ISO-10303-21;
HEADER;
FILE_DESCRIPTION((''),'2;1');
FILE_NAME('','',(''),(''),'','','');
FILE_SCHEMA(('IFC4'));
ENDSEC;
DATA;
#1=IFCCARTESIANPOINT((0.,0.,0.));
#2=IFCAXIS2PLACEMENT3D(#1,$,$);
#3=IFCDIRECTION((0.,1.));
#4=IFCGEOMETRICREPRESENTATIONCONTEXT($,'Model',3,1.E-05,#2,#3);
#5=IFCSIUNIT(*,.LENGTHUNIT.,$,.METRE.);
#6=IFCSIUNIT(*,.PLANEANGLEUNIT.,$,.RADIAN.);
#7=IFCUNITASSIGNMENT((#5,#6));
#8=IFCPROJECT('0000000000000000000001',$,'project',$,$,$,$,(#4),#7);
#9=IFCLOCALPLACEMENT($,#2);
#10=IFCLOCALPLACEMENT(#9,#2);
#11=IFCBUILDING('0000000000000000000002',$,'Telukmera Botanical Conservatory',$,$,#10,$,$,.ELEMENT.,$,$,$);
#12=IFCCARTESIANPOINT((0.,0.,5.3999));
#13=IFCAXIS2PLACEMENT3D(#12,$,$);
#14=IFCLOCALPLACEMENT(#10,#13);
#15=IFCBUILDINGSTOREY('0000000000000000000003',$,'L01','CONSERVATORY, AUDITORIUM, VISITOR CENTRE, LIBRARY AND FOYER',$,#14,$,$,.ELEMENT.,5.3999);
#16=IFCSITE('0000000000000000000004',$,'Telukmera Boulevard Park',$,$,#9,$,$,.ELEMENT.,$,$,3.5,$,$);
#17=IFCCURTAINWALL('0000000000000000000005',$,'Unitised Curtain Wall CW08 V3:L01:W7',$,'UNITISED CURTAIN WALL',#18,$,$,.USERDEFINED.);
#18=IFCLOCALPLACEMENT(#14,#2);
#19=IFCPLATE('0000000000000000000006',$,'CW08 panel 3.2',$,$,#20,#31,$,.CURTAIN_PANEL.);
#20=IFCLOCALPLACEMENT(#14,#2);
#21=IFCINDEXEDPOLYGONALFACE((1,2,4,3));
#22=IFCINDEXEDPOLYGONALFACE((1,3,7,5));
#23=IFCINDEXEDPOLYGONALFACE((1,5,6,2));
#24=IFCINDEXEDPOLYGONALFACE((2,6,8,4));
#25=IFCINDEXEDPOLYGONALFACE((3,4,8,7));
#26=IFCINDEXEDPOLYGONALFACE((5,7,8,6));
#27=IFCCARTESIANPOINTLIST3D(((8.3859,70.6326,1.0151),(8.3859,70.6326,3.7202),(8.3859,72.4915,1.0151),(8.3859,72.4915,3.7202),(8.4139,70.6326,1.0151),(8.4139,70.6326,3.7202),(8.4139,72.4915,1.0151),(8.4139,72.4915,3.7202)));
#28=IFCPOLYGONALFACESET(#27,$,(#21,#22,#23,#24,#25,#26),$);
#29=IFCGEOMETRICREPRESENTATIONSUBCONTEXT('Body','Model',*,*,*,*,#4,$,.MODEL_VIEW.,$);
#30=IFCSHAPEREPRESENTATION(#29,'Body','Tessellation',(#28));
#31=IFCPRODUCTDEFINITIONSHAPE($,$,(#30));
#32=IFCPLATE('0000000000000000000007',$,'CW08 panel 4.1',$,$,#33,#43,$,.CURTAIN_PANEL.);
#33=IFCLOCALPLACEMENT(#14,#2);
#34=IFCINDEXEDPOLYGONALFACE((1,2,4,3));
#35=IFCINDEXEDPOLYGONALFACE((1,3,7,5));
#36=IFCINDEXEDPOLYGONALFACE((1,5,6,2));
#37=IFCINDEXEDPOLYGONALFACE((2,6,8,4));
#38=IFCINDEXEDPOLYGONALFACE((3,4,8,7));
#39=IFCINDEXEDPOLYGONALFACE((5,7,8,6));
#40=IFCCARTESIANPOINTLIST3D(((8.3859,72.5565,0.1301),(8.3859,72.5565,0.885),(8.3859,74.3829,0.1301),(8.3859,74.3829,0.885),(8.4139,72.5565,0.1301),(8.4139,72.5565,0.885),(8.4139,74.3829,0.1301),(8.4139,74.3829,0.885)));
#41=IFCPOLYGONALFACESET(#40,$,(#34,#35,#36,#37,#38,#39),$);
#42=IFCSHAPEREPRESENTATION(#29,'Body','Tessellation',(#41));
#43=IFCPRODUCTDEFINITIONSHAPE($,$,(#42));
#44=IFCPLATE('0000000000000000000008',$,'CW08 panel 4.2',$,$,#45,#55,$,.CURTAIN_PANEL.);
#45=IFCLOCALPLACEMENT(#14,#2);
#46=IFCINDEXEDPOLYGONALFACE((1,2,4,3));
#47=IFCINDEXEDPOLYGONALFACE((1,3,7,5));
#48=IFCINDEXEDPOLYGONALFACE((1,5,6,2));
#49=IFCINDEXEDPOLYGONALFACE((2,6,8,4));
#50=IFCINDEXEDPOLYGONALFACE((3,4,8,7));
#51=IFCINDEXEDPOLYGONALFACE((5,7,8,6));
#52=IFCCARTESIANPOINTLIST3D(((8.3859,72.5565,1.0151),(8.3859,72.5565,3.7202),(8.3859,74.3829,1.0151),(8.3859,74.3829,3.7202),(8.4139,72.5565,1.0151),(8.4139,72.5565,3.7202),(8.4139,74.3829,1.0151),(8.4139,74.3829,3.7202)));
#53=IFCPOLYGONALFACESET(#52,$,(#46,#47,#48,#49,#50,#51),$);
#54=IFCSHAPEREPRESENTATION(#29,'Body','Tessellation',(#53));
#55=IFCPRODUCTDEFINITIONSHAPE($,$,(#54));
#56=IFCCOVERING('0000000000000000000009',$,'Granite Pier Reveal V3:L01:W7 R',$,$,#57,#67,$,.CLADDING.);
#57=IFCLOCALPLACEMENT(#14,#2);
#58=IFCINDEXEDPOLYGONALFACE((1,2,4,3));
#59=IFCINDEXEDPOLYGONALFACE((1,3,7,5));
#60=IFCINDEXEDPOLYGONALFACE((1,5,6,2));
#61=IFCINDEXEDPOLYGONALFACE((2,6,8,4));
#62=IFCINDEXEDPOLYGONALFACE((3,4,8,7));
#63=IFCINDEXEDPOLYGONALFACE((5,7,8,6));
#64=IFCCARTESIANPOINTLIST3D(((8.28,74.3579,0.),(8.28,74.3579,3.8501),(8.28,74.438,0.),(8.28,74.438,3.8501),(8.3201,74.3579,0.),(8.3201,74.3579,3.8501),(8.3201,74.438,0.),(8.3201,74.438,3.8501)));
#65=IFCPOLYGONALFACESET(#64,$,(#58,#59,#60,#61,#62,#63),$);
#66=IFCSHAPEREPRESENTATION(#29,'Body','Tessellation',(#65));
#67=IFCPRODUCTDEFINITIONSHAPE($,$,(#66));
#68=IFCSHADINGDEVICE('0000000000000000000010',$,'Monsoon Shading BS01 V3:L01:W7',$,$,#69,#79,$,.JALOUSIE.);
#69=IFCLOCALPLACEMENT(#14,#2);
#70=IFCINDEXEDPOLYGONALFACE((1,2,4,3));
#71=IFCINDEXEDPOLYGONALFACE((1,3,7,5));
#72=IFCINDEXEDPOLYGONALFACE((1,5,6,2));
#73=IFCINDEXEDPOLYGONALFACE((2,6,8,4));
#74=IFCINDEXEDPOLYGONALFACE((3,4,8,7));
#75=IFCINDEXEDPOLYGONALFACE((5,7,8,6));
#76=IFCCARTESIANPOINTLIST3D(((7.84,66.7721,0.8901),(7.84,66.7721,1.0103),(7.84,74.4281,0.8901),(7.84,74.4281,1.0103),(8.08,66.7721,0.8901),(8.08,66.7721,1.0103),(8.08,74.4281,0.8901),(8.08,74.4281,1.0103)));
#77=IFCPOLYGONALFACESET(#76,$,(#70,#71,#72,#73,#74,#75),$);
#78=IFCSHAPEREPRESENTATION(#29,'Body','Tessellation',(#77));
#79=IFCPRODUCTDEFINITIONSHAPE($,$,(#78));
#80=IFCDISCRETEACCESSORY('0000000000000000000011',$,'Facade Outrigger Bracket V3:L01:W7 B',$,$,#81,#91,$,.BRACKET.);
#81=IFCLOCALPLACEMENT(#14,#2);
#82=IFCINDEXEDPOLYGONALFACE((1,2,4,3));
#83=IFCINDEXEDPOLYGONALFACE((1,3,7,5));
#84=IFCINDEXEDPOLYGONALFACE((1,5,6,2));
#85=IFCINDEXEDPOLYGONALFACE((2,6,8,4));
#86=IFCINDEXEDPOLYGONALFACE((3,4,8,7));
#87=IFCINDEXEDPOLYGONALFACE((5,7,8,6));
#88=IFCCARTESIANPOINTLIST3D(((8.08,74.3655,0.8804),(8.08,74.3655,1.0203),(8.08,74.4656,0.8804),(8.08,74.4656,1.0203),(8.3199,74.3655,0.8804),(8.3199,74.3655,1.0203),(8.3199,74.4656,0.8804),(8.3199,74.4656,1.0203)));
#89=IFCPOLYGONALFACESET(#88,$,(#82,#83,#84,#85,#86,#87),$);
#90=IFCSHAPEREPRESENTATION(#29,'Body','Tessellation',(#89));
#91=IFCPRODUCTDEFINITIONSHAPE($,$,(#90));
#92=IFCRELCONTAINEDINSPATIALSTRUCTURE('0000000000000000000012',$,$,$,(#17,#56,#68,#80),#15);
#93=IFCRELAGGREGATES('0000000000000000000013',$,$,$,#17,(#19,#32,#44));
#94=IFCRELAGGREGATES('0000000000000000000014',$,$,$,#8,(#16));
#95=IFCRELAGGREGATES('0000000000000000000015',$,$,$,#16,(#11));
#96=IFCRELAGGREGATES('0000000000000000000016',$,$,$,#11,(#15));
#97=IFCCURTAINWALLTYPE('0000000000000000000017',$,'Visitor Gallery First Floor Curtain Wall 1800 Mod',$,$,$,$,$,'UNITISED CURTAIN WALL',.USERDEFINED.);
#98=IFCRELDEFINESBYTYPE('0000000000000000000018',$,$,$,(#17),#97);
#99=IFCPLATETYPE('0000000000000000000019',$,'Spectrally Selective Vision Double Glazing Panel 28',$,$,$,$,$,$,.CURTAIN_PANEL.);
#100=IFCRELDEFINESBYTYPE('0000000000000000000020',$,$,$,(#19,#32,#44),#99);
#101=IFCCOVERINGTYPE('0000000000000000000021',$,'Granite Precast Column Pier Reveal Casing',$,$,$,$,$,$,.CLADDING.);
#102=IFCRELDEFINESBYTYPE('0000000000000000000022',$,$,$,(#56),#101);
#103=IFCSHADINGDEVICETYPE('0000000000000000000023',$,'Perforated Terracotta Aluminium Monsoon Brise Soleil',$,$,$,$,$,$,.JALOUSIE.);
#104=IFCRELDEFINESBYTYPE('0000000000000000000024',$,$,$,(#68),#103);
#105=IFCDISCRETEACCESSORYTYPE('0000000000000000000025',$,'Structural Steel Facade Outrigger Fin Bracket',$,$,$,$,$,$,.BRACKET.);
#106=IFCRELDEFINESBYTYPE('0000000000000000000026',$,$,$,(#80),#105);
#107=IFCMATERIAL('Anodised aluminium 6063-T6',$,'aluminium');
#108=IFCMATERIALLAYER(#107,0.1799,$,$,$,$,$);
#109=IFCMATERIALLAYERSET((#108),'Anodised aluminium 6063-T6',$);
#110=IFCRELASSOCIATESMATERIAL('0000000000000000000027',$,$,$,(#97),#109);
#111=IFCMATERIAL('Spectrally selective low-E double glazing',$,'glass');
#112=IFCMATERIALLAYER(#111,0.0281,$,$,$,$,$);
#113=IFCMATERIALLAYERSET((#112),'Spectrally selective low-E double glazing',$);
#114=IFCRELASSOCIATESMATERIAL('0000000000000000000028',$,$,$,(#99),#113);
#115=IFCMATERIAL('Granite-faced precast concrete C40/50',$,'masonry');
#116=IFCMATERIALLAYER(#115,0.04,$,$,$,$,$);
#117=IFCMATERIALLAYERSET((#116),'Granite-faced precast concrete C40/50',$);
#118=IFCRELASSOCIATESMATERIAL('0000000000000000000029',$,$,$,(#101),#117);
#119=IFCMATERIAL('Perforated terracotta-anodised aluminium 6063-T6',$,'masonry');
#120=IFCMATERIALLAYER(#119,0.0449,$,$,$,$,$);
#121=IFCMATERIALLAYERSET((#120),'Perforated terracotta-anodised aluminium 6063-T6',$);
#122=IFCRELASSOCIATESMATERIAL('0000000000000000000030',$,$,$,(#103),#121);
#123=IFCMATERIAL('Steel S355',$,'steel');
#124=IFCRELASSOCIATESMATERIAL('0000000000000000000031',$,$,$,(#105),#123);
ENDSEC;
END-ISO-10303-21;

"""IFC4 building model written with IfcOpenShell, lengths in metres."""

from ifc_helpers import new_model, si_unit, direction, frame, origin, origin_2d, place, context, subcontext, project, spatial, rectangle, extrude, material, layer, layer_set, type_object, element, aggregate, save


model = new_model("IFC4")

# Units and contexts
model_context = context("Model", 3, precision=1e-05, world=origin(), true_north=direction((0.0, 1.0)))
body_context = subcontext(model_context, "Body", "Model", "MODEL_VIEW")
ifc_project = project(units=[si_unit("LENGTHUNIT", "METRE"), si_unit("PLANEANGLEUNIT", "RADIAN")], contexts=[model_context])

# Site, building, storey
site_placement = place(None, origin())
site = spatial("IfcSite", under=ifc_project, at=site_placement, Name="Telukmera Boulevard Park", CompositionType="ELEMENT", RefElevation=3.5)
building_placement = place(site_placement, origin())
building = spatial("IfcBuilding", under=site, at=building_placement, Name="Telukmera Botanical Conservatory", CompositionType="ELEMENT")
storey_placement = place(building_placement, frame((0.0, 0.0, 5.3999)))
storey = spatial("IfcBuildingStorey", under=building, at=storey_placement, Name="L01", Description="CONSERVATORY, AUDITORIUM, VISITOR CENTRE, LIBRARY AND FOYER", CompositionType="ELEMENT", Elevation=5.3999)

# Curtain wall, plates
ifc_material_1 = material(Name="Anodised aluminium 6063-T6", Category="aluminium")
ifc_layer_1 = layer(ifc_material_1, 0.1799)
ifc_layer_set_1 = layer_set([ifc_layer_1], Name="Anodised aluminium 6063-T6")
curtain_wall_type = type_object("IfcCurtainWallType", Name="Visitor Gallery First Floor Curtain Wall 1800 Mod", ElementType="UNITISED CURTAIN WALL", PredefinedType="USERDEFINED", material=ifc_layer_set_1)
curtain_wall_placement = place(storey_placement, origin())
curtain_wall = element("IfcCurtainWall", 1, at=curtain_wall_placement, inside=storey, type_object=curtain_wall_type, Name="Unitised Curtain Wall CW08 V3:L01:W7", ObjectType="UNITISED CURTAIN WALL", PredefinedType="USERDEFINED")
ifc_material_2 = material(Name="Spectrally selective low-E double glazing", Category="glass")
ifc_layer_2 = layer(ifc_material_2, 0.0281)
ifc_layer_set_2 = layer_set([ifc_layer_2], Name="Spectrally selective low-E double glazing")
plate_type = type_object("IfcPlateType", Name="Spectrally Selective Vision Double Glazing Panel 28", PredefinedType="CURTAIN_PANEL", material=ifc_layer_set_2)
plate_1_placement = place(storey_placement, frame((8.3999, 71.562, 1.0151), z_axis=(0.0, 0.0, 1.0), x_axis=(0.0, 1.0, 0.0)))
plate_1 = element("IfcPlate", 2, at=plate_1_placement, type_object=plate_type, Name="CW08 panel 3.2", PredefinedType="CURTAIN_PANEL", context=body_context, shape_type="SweptSolid", body=[
    extrude(rectangle(XDim=1.8589, YDim=0.0281, at=origin_2d()), origin(), (0.0, 0.0, 1.0), 2.7051),
])
plate_2_placement = place(storey_placement, frame((8.3999, 73.4697, 0.1301), z_axis=(0.0, 0.0, 1.0), x_axis=(0.0, 1.0, 0.0)))
plate_2 = element("IfcPlate", 3, at=plate_2_placement, type_object=plate_type, Name="CW08 panel 4.1", PredefinedType="CURTAIN_PANEL", context=body_context, shape_type="SweptSolid", body=[
    extrude(rectangle(XDim=1.8264, YDim=0.0281, at=origin_2d()), origin(), (0.0, 0.0, 1.0), 0.7549),
])
plate_3_placement = place(storey_placement, frame((8.3999, 73.4697, 1.0151), z_axis=(0.0, 0.0, 1.0), x_axis=(0.0, 1.0, 0.0)))
plate_3 = element("IfcPlate", 4, at=plate_3_placement, type_object=plate_type, Name="CW08 panel 4.2", PredefinedType="CURTAIN_PANEL", context=body_context, shape_type="SweptSolid", body=[
    extrude(rectangle(XDim=1.8264, YDim=0.0281, at=origin_2d()), origin(), (0.0, 0.0, 1.0), 2.7051),
])
aggregate(curtain_wall, [plate_1, plate_2, plate_3])

# Covering
ifc_material_3 = material(Name="Granite-faced precast concrete C40/50", Category="masonry")
ifc_layer_3 = layer(ifc_material_3, 0.04)
ifc_layer_set_3 = layer_set([ifc_layer_3], Name="Granite-faced precast concrete C40/50")
covering_type = type_object("IfcCoveringType", Name="Granite Precast Column Pier Reveal Casing", PredefinedType="CLADDING", material=ifc_layer_set_3)
covering_placement = place(storey_placement, frame((8.3, 74.3979, 0.0), z_axis=(0.0, 0.0, 1.0), x_axis=(0.0, 1.0, 0.0)))
element("IfcCovering", 5, at=covering_placement, inside=storey, type_object=covering_type, Name="Granite Pier Reveal V3:L01:W7 R", PredefinedType="CLADDING", context=body_context, shape_type="SweptSolid", body=[
    extrude(rectangle(XDim=0.0801, YDim=0.04, at=origin_2d()), origin(), (0.0, 0.0, 1.0), 3.8501),
])

# Shading device
ifc_material_4 = material(Name="Perforated terracotta-anodised aluminium 6063-T6", Category="masonry")
ifc_layer_4 = layer(ifc_material_4, 0.0449)
ifc_layer_set_4 = layer_set([ifc_layer_4], Name="Perforated terracotta-anodised aluminium 6063-T6")
shading_device_type = type_object("IfcShadingDeviceType", Name="Perforated Terracotta Aluminium Monsoon Brise Soleil", PredefinedType="JALOUSIE", material=ifc_layer_set_4)
shading_device_placement = place(storey_placement, frame((7.96, 70.6001, 0.8901), z_axis=(0.0, 0.0, 1.0), x_axis=(0.0, 1.0, 0.0)))
element("IfcShadingDevice", 6, at=shading_device_placement, inside=storey, type_object=shading_device_type, Name="Monsoon Shading BS01 V3:L01:W7", PredefinedType="JALOUSIE", context=body_context, shape_type="SweptSolid", body=[
    extrude(rectangle(XDim=7.656, YDim=0.24, at=origin_2d()), origin(), (0.0, 0.0, 1.0), 0.1201),
])

# Discrete accessory
ifc_material_5 = material(Name="Steel S355", Category="steel")
discrete_accessory_type = type_object("IfcDiscreteAccessoryType", Name="Structural Steel Facade Outrigger Fin Bracket", PredefinedType="BRACKET", material=ifc_material_5)
discrete_accessory_placement = place(storey_placement, frame((8.2, 74.4155, 0.8804), z_axis=(0.0, 0.0, 1.0), x_axis=(0.0, 1.0, 0.0)))
element("IfcDiscreteAccessory", 7, at=discrete_accessory_placement, inside=storey, type_object=discrete_accessory_type, Name="Facade Outrigger Bracket V3:L01:W7 B", PredefinedType="BRACKET", context=body_context, shape_type="SweptSolid", body=[
    extrude(rectangle(XDim=0.1001, YDim=0.24, at=origin_2d()), origin(), (0.0, 0.0, 1.0), 0.1399),
])

save(model, "model.ifc")
